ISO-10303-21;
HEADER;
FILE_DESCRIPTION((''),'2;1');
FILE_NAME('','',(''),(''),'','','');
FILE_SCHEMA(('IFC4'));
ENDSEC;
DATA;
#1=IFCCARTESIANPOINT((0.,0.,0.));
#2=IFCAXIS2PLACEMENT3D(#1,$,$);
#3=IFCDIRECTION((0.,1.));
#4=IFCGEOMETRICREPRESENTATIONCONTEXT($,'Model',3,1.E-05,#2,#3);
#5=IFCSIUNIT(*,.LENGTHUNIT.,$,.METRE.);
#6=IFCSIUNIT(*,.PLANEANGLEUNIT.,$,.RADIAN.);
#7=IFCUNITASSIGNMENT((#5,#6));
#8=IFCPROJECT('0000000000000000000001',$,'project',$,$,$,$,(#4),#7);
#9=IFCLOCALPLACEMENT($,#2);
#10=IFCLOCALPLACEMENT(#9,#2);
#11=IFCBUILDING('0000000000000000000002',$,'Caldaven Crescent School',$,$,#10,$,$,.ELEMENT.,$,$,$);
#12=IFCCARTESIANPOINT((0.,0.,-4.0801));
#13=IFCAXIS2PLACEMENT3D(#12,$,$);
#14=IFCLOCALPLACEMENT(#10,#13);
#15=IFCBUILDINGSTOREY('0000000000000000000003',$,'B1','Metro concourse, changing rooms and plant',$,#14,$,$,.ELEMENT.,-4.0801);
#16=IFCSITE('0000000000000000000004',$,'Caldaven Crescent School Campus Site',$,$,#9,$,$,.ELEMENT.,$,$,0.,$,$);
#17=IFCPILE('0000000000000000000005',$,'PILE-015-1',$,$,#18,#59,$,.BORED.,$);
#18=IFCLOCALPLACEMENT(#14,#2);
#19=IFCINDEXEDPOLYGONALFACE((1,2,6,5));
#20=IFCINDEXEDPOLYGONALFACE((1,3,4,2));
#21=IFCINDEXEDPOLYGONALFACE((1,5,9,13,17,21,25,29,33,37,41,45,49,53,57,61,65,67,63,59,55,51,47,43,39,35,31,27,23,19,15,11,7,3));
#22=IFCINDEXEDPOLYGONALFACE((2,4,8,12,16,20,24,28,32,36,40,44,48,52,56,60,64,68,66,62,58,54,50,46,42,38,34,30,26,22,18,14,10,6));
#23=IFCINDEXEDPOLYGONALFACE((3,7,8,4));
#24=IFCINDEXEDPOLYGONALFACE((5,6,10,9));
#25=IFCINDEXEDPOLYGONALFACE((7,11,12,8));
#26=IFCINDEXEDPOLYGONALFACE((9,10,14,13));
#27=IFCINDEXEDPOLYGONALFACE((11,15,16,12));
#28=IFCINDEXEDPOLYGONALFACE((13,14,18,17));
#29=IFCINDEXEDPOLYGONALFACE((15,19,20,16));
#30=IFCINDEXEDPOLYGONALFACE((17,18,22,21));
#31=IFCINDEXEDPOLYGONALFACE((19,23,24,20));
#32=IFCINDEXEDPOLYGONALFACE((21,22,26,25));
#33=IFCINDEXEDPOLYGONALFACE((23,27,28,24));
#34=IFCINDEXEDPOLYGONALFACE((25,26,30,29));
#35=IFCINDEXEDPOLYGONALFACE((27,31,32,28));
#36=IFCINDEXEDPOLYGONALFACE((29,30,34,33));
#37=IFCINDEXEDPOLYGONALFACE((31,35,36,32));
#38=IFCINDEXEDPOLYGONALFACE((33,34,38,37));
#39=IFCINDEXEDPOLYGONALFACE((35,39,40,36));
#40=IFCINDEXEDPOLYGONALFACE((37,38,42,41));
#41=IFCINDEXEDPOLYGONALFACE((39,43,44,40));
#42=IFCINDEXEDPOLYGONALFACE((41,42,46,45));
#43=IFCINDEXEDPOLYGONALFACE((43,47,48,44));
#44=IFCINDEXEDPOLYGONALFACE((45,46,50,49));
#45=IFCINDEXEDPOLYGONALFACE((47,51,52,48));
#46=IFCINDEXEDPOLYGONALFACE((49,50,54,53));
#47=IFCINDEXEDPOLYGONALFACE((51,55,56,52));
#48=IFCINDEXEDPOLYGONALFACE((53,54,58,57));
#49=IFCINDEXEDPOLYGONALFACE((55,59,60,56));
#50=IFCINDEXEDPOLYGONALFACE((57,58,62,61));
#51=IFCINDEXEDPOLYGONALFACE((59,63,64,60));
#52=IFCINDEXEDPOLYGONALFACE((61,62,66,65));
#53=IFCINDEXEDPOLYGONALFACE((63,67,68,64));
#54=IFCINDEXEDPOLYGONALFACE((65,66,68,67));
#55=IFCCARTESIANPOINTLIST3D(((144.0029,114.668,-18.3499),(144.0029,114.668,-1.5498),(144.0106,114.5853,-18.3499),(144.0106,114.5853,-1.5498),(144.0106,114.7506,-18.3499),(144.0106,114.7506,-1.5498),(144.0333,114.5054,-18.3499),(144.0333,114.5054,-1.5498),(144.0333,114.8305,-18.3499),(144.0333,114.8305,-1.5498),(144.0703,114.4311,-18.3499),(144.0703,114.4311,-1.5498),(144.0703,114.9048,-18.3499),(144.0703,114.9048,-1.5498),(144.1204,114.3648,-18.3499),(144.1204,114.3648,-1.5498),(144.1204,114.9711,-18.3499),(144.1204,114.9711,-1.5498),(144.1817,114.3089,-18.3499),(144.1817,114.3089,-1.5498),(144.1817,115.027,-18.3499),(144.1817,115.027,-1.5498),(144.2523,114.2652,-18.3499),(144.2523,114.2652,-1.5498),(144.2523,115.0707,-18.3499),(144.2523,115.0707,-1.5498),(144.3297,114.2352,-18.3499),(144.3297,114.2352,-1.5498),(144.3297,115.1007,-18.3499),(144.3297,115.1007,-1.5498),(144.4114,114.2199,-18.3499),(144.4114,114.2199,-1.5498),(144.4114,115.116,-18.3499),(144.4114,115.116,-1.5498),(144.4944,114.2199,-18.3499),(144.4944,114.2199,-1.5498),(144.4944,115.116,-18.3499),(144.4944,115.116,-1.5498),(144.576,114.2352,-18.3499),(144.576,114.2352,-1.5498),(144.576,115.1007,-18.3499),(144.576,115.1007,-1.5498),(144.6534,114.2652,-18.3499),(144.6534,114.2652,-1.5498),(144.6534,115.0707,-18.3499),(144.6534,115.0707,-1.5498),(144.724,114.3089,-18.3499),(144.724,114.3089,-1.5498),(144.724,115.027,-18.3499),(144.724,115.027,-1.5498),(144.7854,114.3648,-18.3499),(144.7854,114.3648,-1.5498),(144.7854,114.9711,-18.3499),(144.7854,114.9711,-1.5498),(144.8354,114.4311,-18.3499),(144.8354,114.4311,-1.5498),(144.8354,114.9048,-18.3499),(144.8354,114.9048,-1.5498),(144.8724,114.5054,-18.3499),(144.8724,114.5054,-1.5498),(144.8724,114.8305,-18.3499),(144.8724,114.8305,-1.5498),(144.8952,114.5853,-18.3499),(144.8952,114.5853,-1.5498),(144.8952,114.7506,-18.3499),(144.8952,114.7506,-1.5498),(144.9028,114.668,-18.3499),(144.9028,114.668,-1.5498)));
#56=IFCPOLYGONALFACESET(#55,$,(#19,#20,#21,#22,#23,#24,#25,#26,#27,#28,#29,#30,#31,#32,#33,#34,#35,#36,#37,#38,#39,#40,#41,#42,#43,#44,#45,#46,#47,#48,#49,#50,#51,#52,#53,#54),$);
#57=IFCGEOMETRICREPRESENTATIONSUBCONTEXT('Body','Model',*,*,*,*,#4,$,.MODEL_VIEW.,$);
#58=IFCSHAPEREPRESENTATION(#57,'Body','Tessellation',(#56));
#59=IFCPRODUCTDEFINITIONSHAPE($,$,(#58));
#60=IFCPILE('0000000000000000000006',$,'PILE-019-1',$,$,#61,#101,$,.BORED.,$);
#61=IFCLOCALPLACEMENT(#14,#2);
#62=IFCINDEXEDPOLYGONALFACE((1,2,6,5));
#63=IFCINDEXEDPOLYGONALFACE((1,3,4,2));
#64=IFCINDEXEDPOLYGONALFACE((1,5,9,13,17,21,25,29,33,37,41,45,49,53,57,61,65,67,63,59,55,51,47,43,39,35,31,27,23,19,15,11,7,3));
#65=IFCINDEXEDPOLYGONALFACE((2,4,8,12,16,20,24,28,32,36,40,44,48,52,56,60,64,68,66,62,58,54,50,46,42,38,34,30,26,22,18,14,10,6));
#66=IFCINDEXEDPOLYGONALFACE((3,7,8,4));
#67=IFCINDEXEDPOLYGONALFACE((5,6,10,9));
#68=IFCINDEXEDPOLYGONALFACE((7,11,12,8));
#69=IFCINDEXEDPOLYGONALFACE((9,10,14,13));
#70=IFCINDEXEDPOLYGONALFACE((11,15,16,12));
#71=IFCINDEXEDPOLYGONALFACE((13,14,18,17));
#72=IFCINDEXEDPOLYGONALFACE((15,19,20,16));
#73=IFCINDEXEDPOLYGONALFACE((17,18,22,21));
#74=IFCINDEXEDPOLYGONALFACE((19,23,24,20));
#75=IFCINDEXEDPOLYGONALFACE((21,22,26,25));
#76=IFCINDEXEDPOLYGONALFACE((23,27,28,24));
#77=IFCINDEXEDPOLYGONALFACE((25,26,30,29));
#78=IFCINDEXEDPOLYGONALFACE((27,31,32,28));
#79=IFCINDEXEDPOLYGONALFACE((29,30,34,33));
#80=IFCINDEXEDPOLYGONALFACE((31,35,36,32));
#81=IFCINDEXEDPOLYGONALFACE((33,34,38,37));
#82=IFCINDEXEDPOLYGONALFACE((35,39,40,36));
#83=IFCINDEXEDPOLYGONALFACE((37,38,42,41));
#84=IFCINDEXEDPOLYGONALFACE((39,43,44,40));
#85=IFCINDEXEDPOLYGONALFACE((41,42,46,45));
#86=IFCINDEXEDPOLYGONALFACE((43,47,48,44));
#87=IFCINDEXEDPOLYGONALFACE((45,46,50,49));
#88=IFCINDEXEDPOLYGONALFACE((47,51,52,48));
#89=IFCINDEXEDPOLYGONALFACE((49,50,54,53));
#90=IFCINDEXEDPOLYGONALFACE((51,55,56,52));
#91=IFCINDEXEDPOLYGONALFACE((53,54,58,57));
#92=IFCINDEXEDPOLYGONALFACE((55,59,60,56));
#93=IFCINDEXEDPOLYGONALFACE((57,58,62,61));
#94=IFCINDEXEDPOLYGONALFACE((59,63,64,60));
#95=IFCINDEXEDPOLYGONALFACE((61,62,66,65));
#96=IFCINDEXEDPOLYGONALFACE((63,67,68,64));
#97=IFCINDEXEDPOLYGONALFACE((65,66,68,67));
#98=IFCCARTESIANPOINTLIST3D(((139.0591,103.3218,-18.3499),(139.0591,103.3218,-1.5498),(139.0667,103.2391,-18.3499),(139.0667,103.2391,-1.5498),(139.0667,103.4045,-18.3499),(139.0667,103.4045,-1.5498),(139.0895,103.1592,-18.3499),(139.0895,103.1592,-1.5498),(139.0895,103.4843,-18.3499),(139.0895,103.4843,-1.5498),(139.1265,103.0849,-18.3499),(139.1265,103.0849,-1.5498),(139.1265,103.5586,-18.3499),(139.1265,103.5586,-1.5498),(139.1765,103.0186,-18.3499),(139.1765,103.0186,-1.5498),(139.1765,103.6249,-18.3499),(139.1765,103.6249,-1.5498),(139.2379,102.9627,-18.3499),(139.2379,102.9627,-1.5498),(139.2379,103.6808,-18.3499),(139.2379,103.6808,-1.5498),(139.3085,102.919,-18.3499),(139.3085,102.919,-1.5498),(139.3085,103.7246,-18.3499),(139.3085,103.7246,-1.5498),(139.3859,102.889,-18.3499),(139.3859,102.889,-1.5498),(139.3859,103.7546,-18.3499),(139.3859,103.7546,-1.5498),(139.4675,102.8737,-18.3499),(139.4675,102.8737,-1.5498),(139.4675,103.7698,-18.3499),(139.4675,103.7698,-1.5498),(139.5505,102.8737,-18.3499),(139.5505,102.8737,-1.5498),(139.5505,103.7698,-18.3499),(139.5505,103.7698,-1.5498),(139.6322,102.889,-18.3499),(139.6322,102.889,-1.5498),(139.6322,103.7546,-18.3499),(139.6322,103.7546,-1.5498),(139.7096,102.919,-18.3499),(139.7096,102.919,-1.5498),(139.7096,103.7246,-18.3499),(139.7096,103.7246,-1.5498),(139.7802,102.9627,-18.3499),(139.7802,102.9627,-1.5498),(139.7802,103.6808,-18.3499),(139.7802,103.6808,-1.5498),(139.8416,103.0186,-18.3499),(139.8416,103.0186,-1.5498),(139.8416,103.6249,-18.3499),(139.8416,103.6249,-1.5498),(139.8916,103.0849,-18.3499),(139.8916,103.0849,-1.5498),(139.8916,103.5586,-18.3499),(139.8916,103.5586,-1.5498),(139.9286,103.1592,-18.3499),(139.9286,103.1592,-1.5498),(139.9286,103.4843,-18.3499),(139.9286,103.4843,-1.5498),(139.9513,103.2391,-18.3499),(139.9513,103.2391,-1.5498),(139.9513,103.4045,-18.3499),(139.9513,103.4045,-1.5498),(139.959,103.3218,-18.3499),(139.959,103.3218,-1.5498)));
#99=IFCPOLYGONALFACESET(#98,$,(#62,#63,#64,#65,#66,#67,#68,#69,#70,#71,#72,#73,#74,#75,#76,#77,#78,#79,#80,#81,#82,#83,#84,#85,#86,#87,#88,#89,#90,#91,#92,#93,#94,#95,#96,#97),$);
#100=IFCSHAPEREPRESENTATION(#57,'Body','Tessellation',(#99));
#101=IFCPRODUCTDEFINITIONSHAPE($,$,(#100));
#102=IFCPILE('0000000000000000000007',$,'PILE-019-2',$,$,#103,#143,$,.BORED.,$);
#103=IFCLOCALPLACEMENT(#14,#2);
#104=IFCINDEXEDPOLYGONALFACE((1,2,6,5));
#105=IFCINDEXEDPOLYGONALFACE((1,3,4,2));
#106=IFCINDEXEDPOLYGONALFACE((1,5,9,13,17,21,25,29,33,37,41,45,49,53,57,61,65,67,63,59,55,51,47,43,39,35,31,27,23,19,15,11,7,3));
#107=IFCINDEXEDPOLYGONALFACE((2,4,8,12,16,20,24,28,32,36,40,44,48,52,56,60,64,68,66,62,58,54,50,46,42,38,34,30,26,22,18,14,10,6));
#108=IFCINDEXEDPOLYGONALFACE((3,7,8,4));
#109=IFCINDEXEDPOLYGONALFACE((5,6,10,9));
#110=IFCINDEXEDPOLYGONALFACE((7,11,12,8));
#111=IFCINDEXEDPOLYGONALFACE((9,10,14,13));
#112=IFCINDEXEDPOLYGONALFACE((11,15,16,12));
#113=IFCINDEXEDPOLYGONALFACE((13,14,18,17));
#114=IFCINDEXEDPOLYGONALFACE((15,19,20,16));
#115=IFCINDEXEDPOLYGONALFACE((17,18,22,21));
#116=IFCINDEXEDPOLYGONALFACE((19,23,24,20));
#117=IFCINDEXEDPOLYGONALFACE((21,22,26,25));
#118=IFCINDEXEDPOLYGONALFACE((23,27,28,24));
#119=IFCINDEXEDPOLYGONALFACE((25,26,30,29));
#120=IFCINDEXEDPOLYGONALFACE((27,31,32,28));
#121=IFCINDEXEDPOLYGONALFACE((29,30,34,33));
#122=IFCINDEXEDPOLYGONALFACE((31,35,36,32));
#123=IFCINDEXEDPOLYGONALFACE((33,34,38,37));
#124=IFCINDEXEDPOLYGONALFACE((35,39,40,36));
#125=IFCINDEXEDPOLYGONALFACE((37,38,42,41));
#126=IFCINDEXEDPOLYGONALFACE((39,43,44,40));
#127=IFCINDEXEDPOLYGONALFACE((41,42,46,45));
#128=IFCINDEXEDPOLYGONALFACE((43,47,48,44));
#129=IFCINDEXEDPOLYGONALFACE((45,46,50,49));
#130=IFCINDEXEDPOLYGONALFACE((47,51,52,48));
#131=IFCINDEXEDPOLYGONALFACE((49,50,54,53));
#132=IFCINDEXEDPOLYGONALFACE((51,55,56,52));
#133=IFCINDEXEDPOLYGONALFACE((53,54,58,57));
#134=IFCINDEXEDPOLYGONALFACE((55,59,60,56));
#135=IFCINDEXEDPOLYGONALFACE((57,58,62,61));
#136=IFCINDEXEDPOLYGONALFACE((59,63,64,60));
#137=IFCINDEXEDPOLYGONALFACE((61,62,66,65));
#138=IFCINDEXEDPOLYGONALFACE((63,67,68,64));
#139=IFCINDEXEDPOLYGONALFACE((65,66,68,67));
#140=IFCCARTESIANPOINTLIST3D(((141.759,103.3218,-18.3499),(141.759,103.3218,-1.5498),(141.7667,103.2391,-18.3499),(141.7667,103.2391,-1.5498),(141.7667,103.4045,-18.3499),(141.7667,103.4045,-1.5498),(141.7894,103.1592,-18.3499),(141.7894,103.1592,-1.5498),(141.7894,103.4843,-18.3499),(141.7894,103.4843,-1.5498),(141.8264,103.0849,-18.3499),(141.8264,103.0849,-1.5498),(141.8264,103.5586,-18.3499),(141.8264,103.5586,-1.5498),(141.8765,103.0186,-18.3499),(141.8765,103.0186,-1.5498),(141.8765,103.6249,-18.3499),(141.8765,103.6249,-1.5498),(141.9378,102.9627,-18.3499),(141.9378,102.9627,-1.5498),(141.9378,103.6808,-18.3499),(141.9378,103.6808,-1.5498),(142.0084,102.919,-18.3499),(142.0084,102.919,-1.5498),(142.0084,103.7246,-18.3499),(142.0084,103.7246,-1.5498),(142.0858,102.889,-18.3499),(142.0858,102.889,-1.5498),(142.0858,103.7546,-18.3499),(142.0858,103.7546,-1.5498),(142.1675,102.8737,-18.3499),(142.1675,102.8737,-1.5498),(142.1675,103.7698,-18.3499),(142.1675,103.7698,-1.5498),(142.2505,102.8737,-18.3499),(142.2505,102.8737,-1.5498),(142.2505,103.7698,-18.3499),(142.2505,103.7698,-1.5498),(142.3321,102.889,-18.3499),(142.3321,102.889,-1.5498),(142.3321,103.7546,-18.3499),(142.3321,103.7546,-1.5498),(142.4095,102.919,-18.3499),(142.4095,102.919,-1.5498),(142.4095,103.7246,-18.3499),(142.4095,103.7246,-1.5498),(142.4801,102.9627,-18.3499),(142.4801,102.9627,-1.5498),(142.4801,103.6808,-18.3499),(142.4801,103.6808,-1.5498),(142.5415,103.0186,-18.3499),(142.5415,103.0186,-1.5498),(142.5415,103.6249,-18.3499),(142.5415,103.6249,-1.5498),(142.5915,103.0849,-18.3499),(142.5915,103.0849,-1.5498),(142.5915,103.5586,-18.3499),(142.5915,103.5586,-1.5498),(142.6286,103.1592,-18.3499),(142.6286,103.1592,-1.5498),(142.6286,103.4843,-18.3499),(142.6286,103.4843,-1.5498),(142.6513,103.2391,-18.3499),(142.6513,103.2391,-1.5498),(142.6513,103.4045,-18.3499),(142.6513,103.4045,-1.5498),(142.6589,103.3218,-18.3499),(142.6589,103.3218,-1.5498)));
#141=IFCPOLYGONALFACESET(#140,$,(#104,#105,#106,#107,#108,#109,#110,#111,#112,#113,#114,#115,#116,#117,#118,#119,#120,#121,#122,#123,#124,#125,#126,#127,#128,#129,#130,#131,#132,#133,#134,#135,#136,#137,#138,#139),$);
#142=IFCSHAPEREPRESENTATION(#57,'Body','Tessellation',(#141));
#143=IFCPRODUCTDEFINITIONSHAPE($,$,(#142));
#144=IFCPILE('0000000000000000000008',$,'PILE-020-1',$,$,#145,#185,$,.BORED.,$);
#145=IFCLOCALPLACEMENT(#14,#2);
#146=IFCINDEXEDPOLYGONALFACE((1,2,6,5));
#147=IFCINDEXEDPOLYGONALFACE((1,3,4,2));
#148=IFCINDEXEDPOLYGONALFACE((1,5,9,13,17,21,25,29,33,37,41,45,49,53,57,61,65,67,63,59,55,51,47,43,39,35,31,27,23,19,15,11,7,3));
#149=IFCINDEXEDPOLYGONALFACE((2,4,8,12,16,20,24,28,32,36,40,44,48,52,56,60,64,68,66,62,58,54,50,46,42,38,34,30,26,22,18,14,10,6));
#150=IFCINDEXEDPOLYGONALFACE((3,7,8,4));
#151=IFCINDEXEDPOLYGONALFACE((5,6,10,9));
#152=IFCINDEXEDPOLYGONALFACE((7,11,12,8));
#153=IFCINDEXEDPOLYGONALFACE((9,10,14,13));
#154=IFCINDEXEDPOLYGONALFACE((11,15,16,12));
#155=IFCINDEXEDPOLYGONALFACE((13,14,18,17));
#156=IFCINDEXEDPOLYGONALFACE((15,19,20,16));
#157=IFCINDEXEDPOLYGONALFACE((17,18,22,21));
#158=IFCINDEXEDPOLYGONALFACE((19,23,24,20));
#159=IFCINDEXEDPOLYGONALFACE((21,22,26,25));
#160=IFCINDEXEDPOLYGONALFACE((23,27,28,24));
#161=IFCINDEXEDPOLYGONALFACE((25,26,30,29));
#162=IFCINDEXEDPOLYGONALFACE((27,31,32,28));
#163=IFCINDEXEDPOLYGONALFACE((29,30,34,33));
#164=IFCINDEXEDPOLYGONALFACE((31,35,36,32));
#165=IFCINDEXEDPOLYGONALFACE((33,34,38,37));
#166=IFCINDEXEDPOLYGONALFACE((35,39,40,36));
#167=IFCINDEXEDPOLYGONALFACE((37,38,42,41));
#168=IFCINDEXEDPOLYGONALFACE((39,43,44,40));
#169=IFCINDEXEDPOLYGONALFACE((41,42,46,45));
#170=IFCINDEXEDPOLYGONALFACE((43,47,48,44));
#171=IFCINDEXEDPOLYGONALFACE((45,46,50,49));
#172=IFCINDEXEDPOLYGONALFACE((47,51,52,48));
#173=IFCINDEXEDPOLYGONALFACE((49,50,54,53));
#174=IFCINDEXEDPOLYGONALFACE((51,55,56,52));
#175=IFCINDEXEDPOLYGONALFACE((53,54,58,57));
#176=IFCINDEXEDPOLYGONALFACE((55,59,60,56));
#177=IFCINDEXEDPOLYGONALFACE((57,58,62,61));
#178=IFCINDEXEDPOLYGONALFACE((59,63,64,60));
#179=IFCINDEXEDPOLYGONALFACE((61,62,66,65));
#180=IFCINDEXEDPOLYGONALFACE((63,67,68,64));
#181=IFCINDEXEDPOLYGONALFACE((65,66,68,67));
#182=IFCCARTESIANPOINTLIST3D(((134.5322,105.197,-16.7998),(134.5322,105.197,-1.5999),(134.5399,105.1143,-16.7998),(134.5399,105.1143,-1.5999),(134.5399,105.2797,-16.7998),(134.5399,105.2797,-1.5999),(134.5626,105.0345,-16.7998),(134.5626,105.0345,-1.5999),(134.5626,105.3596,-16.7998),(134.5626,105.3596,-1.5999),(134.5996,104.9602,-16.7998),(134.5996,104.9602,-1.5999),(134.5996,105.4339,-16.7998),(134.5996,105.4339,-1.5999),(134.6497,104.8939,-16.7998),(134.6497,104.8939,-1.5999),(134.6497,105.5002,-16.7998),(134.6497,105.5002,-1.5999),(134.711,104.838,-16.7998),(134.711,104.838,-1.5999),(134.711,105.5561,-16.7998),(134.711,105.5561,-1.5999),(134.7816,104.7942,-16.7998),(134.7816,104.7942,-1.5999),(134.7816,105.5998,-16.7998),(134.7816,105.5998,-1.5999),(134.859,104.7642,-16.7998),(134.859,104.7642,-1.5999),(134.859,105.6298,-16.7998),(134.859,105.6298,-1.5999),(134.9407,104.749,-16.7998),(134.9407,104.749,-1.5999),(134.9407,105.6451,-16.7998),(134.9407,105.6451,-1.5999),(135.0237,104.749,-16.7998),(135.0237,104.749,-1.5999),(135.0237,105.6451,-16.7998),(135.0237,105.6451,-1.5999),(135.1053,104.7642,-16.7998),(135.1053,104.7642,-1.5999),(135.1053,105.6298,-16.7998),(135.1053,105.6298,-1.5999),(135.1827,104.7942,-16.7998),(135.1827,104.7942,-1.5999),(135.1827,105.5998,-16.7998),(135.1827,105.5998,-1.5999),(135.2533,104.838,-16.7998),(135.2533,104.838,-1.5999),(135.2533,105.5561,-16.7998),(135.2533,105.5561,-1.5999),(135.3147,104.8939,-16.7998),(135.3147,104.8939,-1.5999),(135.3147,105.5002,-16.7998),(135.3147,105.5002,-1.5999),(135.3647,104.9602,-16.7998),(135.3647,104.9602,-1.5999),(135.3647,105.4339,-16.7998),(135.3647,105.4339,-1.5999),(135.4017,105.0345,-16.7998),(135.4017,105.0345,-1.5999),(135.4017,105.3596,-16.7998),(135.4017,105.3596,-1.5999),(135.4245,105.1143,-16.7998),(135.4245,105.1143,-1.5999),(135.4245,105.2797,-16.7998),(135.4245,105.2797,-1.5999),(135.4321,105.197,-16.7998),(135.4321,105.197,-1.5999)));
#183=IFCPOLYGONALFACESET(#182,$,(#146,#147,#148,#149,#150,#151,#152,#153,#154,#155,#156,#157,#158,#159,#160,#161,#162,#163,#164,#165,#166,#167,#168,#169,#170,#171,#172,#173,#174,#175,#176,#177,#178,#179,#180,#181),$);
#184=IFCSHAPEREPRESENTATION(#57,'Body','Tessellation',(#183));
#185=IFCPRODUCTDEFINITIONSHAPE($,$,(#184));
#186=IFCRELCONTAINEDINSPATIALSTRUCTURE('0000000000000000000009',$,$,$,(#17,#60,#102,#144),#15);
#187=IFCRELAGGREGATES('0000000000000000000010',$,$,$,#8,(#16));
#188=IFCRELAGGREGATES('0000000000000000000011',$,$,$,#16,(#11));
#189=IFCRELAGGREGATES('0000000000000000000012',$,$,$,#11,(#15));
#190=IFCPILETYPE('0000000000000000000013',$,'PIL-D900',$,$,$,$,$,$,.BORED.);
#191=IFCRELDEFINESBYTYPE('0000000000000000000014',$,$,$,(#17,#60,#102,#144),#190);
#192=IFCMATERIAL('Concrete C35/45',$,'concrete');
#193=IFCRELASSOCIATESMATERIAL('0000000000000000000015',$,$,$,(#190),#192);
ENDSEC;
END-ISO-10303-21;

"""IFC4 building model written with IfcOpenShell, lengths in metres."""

from ifc_helpers import new_model, si_unit, direction, frame, origin, origin_2d, place, context, subcontext, project, spatial, circle, extrude, material, material_profile, profile_set, type_object, element, save


model = new_model("IFC4")

# Units and contexts
model_context = context("Model", 3, precision=1e-05, world=origin(), true_north=direction((0.0, 1.0)))
body_context = subcontext(model_context, "Body", "Model", "MODEL_VIEW")
ifc_project = project(units=[si_unit("LENGTHUNIT", "METRE"), si_unit("PLANEANGLEUNIT", "RADIAN")], contexts=[model_context])

# Site, building, storey
site_placement = place(None, origin())
site = spatial("IfcSite", under=ifc_project, at=site_placement, Name="Caldaven Crescent School Campus Site", CompositionType="ELEMENT", RefElevation=0.0)
building_placement = place(site_placement, origin())
building = spatial("IfcBuilding", under=site, at=building_placement, Name="Caldaven Crescent School", CompositionType="ELEMENT")
storey_placement = place(building_placement, frame((0.0, 0.0, -4.0801)))
storey = spatial("IfcBuildingStorey", under=building, at=storey_placement, Name="B1", Description="Metro concourse, changing rooms and plant", CompositionType="ELEMENT", Elevation=-4.0801)

# Shared definitions
ifc_material_1 = material(Name="Concrete C35/45", Category="concrete")

# Piles
ifc_material_profile_1 = material_profile(ifc_material_1, circle(Radius=0.45, at=origin_2d()), Name="PILE D900")
ifc_profile_set_1 = profile_set([ifc_material_profile_1], Name="Concrete C35/45")
pile_type_1 = type_object("IfcPileType", Name="PIL-D900", PredefinedType="BORED", material=ifc_profile_set_1)
for number, where, z_axis, x_axis, name in (
    (1, (144.4529, 114.668, -1.5498), (0.0, 0.0, -1.0), (1.0, 0.0, 0.0), "PILE-015-1"),
    (2, (139.509, 103.3218, -1.5498), (0.0, 0.0, -1.0), (1.0, 0.0, 0.0), "PILE-019-1"),
    (3, (142.209, 103.3218, -1.5498), (0.0, 0.0, -1.0), (1.0, 0.0, 0.0), "PILE-019-2"),
):
    element("IfcPile", number, at=place(storey_placement, frame(where, z_axis=z_axis, x_axis=x_axis)), inside=storey, type_object=pile_type_1, Name=name, PredefinedType="BORED", context=body_context, shape_type="SweptSolid", body=[
        extrude(circle(Radius=0.45, at=origin_2d()), origin(), (0.0, 0.0, 1.0), 16.8),
    ])
for number, where, z_axis, x_axis, name in (
    (4, (134.9822, 105.197, -1.5999), (0.0, 0.0, -1.0), (1.0, 0.0, 0.0), "PILE-020-1"),
):
    element("IfcPile", number, at=place(storey_placement, frame(where, z_axis=z_axis, x_axis=x_axis)), inside=storey, type_object=pile_type_1, Name=name, PredefinedType="BORED", context=body_context, shape_type="SweptSolid", body=[
        extrude(circle(Radius=0.45, at=origin_2d()), origin(), (0.0, 0.0, 1.0), 15.2),
    ])

save(model, "model.ifc")
